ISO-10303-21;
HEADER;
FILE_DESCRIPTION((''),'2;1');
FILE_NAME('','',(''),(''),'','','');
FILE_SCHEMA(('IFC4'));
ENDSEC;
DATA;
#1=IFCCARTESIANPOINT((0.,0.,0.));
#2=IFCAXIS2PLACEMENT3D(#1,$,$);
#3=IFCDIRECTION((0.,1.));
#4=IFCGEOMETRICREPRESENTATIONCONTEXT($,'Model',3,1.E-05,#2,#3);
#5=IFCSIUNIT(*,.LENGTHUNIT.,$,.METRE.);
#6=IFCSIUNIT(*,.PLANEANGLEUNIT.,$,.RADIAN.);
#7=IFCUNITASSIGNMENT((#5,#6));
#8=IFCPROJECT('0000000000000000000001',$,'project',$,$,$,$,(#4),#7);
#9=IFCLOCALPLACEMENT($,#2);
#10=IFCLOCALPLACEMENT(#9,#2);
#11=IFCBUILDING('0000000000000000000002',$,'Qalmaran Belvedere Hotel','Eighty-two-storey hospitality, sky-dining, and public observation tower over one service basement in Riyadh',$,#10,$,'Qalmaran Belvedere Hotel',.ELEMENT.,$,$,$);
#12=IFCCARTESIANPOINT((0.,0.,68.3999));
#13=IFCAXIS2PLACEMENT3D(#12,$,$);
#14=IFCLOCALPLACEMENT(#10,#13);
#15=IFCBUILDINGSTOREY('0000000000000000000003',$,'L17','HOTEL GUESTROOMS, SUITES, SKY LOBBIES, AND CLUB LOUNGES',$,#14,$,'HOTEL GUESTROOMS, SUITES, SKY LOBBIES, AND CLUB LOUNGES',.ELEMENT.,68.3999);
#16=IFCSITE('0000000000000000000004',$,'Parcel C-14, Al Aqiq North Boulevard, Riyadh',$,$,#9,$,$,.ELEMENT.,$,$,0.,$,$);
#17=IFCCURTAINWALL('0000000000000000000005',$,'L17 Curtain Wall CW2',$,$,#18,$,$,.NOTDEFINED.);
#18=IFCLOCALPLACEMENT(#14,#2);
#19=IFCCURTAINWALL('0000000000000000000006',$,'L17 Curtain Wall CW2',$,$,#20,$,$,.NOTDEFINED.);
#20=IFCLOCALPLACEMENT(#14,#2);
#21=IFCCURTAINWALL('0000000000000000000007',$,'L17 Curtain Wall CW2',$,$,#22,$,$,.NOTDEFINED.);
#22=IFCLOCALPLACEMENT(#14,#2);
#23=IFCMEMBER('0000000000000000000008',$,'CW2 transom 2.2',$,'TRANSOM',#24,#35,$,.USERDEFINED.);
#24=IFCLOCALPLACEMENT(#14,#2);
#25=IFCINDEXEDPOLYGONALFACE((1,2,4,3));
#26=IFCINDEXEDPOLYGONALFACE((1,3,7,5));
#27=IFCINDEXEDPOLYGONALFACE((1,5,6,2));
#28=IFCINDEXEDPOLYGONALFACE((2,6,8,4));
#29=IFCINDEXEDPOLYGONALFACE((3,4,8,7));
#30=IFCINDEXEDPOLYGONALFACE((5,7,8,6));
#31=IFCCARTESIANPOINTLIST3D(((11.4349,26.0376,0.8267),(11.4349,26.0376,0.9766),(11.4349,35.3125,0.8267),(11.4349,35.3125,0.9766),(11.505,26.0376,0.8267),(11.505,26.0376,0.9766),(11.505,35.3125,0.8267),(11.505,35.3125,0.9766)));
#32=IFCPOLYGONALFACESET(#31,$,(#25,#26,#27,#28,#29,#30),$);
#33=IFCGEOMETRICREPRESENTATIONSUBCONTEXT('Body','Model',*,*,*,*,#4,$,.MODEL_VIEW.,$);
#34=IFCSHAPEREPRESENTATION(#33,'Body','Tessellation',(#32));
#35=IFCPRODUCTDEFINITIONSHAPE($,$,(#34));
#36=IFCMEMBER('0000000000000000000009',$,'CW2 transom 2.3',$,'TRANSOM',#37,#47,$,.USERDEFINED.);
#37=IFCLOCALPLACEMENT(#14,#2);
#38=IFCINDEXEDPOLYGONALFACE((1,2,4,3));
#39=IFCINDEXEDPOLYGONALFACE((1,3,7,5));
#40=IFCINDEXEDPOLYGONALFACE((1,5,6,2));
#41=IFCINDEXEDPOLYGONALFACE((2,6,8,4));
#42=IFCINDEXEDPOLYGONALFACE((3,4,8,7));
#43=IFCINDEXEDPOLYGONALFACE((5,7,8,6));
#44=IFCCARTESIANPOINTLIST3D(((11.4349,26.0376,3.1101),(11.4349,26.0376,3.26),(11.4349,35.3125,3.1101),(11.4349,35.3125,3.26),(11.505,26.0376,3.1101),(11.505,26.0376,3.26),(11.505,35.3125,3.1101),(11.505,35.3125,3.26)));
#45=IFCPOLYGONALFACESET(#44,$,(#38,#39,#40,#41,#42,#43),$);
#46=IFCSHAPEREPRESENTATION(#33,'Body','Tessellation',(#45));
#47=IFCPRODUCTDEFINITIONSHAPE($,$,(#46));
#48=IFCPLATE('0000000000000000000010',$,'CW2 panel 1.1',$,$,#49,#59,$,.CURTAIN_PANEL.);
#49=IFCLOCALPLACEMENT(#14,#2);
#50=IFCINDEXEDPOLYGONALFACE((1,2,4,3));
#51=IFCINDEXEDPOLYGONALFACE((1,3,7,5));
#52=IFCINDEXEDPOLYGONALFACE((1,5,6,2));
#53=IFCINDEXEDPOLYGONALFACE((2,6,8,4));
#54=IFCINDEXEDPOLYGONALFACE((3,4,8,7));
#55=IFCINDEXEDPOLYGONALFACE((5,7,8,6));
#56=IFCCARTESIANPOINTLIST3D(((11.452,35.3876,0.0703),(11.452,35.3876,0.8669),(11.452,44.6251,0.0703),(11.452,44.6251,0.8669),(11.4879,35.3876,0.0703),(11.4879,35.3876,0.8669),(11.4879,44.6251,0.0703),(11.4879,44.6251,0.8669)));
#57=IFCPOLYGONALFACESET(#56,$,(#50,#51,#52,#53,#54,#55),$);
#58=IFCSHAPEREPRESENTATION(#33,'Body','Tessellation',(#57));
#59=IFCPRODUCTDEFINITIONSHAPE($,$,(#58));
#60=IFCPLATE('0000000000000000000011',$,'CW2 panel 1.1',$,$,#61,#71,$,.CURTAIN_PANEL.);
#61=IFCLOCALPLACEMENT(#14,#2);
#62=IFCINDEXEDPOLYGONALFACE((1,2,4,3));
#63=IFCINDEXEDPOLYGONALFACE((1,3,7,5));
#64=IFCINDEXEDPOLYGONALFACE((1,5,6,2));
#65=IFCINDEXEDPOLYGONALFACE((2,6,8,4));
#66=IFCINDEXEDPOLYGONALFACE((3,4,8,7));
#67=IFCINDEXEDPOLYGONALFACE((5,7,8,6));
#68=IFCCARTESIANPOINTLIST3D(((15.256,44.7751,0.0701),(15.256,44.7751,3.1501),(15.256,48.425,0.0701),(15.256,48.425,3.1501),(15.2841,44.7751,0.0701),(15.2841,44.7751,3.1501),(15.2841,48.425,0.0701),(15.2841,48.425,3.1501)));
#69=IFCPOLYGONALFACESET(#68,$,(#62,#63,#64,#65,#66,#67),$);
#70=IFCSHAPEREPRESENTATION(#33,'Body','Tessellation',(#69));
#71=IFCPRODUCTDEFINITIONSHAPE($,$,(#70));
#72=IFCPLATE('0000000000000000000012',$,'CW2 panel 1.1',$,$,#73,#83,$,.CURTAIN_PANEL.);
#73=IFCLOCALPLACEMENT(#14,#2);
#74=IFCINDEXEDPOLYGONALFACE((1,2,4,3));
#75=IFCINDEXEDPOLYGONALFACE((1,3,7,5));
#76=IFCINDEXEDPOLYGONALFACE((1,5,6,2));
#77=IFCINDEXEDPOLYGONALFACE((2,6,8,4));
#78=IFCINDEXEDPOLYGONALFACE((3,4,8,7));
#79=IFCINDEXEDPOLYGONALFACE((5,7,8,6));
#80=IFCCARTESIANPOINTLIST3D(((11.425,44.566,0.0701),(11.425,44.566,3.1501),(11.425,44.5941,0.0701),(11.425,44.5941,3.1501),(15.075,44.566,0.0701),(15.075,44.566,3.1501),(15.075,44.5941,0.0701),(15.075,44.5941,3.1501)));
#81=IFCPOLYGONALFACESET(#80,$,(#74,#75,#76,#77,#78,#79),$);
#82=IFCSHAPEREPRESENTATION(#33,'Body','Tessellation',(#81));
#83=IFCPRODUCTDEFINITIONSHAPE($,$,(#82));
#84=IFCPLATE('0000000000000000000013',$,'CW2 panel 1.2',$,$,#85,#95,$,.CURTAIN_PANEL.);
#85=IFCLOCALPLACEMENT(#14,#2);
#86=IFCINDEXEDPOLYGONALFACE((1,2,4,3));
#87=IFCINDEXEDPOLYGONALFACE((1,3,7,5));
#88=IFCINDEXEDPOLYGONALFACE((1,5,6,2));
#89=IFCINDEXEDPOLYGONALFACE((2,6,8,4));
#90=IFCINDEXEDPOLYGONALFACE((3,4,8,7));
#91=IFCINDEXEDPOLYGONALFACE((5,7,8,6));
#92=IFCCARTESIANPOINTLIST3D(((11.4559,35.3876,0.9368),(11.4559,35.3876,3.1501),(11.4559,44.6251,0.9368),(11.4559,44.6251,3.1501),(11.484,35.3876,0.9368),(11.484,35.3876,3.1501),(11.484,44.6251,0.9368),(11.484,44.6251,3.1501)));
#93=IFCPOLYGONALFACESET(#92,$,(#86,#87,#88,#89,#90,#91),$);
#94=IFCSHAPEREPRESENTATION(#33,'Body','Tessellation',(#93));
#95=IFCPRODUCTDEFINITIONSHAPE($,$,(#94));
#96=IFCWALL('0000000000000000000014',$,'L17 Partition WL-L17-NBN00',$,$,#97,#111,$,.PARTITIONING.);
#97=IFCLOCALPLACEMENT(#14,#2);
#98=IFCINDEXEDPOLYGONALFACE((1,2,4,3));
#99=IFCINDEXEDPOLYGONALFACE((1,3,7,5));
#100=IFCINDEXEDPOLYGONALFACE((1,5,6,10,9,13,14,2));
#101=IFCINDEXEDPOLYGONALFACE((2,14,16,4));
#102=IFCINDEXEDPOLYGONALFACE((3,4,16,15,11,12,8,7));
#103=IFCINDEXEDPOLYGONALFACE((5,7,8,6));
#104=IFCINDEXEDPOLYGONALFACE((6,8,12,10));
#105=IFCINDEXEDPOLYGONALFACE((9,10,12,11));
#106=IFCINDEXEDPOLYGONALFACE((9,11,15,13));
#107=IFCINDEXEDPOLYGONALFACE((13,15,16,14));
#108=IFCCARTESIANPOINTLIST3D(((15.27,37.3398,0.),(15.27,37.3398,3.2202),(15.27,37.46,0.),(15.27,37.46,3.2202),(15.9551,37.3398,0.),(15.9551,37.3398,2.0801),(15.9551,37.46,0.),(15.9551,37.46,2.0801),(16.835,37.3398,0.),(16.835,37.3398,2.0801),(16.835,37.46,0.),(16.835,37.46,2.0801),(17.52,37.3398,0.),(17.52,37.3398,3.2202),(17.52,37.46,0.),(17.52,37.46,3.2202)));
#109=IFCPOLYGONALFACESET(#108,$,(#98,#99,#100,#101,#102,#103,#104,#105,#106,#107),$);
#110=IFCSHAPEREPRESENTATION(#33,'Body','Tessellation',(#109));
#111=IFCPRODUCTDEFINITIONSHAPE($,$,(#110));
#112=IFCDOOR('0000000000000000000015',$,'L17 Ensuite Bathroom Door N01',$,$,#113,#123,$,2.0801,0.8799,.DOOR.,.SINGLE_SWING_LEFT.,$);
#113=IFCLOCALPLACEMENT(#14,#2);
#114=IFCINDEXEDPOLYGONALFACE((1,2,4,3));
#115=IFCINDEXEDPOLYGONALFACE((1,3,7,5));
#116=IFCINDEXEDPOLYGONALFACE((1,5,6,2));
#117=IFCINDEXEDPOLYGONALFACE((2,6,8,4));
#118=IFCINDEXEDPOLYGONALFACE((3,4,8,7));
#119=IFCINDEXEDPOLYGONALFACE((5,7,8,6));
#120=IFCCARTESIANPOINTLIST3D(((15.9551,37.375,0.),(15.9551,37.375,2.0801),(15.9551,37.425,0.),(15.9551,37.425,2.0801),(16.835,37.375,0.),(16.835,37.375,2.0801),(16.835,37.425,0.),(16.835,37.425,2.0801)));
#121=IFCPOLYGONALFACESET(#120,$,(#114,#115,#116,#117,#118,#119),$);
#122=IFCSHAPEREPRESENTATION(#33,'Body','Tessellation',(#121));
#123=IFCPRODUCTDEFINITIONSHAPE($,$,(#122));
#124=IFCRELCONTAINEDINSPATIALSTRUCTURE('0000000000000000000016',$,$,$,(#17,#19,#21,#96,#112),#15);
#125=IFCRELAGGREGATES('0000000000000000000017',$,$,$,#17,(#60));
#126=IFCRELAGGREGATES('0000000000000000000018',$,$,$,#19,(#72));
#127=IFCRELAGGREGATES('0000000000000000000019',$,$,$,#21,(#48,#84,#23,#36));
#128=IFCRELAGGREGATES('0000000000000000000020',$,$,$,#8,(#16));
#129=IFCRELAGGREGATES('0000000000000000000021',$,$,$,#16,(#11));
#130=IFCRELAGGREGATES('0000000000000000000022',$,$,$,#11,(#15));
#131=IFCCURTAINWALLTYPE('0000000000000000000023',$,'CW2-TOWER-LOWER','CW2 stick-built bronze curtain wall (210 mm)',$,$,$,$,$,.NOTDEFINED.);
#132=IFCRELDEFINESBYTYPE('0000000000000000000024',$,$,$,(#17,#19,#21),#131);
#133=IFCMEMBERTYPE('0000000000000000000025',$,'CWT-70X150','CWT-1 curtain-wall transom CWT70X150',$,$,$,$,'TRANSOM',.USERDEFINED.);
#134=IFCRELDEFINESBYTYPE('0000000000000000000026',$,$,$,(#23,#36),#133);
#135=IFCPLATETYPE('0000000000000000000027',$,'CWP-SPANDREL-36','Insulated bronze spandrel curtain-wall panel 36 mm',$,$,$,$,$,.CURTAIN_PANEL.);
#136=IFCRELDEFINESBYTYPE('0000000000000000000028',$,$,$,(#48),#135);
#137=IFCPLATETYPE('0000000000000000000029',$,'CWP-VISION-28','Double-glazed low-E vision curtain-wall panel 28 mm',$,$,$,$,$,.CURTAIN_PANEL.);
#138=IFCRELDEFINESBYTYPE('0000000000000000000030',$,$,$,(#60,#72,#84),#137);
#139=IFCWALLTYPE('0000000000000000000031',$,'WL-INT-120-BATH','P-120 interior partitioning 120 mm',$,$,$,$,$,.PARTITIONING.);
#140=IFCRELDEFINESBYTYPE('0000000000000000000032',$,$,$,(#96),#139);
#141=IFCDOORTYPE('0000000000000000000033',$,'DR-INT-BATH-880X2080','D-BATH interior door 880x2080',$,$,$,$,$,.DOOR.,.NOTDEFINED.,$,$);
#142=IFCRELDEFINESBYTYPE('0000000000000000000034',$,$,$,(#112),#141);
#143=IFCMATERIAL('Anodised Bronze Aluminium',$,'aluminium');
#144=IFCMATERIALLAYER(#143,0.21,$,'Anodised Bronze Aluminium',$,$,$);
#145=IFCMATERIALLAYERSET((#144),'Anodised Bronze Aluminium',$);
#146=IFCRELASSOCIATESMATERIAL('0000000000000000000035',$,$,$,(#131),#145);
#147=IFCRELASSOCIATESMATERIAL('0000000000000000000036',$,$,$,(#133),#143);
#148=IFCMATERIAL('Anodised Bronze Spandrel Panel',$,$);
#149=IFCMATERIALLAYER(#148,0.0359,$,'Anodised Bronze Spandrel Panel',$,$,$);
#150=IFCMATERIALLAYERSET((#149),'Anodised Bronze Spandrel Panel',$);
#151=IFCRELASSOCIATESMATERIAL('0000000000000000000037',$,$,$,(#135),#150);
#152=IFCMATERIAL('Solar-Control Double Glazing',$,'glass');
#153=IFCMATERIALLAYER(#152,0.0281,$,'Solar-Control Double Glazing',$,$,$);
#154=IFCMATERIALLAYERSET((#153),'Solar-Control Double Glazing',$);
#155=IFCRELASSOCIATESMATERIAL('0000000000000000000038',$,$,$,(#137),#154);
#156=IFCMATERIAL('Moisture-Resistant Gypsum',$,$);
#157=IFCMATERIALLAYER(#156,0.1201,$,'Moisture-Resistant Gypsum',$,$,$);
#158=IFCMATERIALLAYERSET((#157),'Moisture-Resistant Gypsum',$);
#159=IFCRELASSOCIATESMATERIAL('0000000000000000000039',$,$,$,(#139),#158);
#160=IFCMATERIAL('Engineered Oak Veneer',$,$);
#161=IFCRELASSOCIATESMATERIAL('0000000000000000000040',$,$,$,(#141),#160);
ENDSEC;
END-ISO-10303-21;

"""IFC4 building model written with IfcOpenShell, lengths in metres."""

from ifc_helpers import new_model, si_unit, direction, frame, frame_2d, origin, origin_2d, place, context, subcontext, project, spatial, rectangle, extrude, material, layer, layer_set, material_profile, profile_set, type_object, element, fill, aggregate, save


model = new_model("IFC4")

# Units and contexts
model_context = context("Model", 3, precision=1e-05, world=origin(), true_north=direction((0.0, 1.0)))
body_context = subcontext(model_context, "Body", "Model", "MODEL_VIEW")
ifc_project = project(units=[si_unit("LENGTHUNIT", "METRE"), si_unit("PLANEANGLEUNIT", "RADIAN")], contexts=[model_context])

# Site, building, storey
site_placement = place(None, origin())
site = spatial("IfcSite", under=ifc_project, at=site_placement, Name="Parcel C-14, Al Aqiq North Boulevard, Riyadh", CompositionType="ELEMENT", RefElevation=0.0)
building_placement = place(site_placement, origin())
building = spatial("IfcBuilding", under=site, at=building_placement, Name="Qalmaran Belvedere Hotel", Description="Eighty-two-storey hospitality, sky-dining, and public observation tower over one service basement in Riyadh", LongName="Qalmaran Belvedere Hotel", CompositionType="ELEMENT")
storey_placement = place(building_placement, frame((0.0, 0.0, 68.3999)))
storey = spatial("IfcBuildingStorey", under=building, at=storey_placement, Name="L17", Description="HOTEL GUESTROOMS, SUITES, SKY LOBBIES, AND CLUB LOUNGES", LongName="HOTEL GUESTROOMS, SUITES, SKY LOBBIES, AND CLUB LOUNGES", CompositionType="ELEMENT", Elevation=68.3999)

# Shared definitions
ifc_material_1 = material(Name="Anodised Bronze Aluminium", Category="aluminium")
ifc_layer_1 = layer(ifc_material_1, 0.21, Name="Anodised Bronze Aluminium")
ifc_layer_set_1 = layer_set([ifc_layer_1], Name="Anodised Bronze Aluminium")
curtain_wall_type = type_object("IfcCurtainWallType", Name="CW2-TOWER-LOWER", Description="CW2 stick-built bronze curtain wall (210 mm)", PredefinedType="NOTDEFINED", material=ifc_layer_set_1)

# Curtain walls
curtain_wall_1_placement = place(storey_placement, origin())
curtain_wall_1 = element("IfcCurtainWall", 1, at=curtain_wall_1_placement, inside=storey, type_object=curtain_wall_type, Name="L17 Curtain Wall CW2", PredefinedType="NOTDEFINED")
curtain_wall_2_placement = place(storey_placement, origin())
curtain_wall_2 = element("IfcCurtainWall", 2, at=curtain_wall_2_placement, inside=storey, type_object=curtain_wall_type, Name="L17 Curtain Wall CW2", PredefinedType="NOTDEFINED")
curtain_wall_3_placement = place(storey_placement, origin())
curtain_wall_3 = element("IfcCurtainWall", 3, at=curtain_wall_3_placement, inside=storey, type_object=curtain_wall_type, Name="L17 Curtain Wall CW2", PredefinedType="NOTDEFINED")

# Members
ifc_material_profile_1 = material_profile(ifc_material_1, rectangle(XDim=0.0701, YDim=0.1499, at=origin_2d()), Name="CWT70X150")
ifc_profile_set_1 = profile_set([ifc_material_profile_1], Name="Anodised Bronze Aluminium")
member_type_1 = type_object("IfcMemberType", Name="CWT-70X150", Description="CWT-1 curtain-wall transom CWT70X150", ElementType="TRANSOM", PredefinedType="USERDEFINED", material=ifc_profile_set_1)
member_1_placement = place(storey_placement, frame((11.47, 35.3125, 0.9016), z_axis=(0.0, -1.0, 0.0), x_axis=(1.0, 0.0, 0.0)))
member_1 = element("IfcMember", 4, at=member_1_placement, type_object=member_type_1, Name="CW2 transom 2.2", ObjectType="TRANSOM", PredefinedType="USERDEFINED", context=body_context, shape_type="SweptSolid", body=[
    extrude(rectangle(XDim=0.0701, YDim=0.1499, at=origin_2d()), origin(), (0.0, 0.0, 1.0), 9.2749),
])
member_2_placement = place(storey_placement, frame((11.47, 35.3125, 3.1851), z_axis=(0.0, -1.0, 0.0), x_axis=(1.0, 0.0, 0.0)))
member_2 = element("IfcMember", 5, at=member_2_placement, type_object=member_type_1, Name="CW2 transom 2.3", ObjectType="TRANSOM", PredefinedType="USERDEFINED", context=body_context, shape_type="SweptSolid", body=[
    extrude(rectangle(XDim=0.0701, YDim=0.1499, at=origin_2d()), origin(), (0.0, 0.0, 1.0), 9.2749),
])

# Plates
ifc_material_2 = material(Name="Anodised Bronze Spandrel Panel")
ifc_layer_2 = layer(ifc_material_2, 0.0359, Name="Anodised Bronze Spandrel Panel")
ifc_layer_set_2 = layer_set([ifc_layer_2], Name="Anodised Bronze Spandrel Panel")
plate_type_1 = type_object("IfcPlateType", Name="CWP-SPANDREL-36", Description="Insulated bronze spandrel curtain-wall panel 36 mm", PredefinedType="CURTAIN_PANEL", material=ifc_layer_set_2)
plate_1_placement = place(storey_placement, frame((11.47, 40.0063, 0.0703), z_axis=(0.0, 0.0, 1.0), x_axis=(0.0, -1.0, 0.0)))
plate_1 = element("IfcPlate", 6, at=plate_1_placement, type_object=plate_type_1, Name="CW2 panel 1.1", PredefinedType="CURTAIN_PANEL", context=body_context, shape_type="SweptSolid", body=[
    extrude(rectangle(XDim=9.2375, YDim=0.0359, at=origin_2d()), origin(), (0.0, 0.0, 1.0), 0.7966),
])
ifc_material_3 = material(Name="Solar-Control Double Glazing", Category="glass")
ifc_layer_3 = layer(ifc_material_3, 0.0281, Name="Solar-Control Double Glazing")
ifc_layer_set_3 = layer_set([ifc_layer_3], Name="Solar-Control Double Glazing")
plate_type_2 = type_object("IfcPlateType", Name="CWP-VISION-28", Description="Double-glazed low-E vision curtain-wall panel 28 mm", PredefinedType="CURTAIN_PANEL", material=ifc_layer_set_3)
plate_2_placement = place(storey_placement, frame((15.27, 46.6001, 0.0701), z_axis=(0.0, 0.0, 1.0), x_axis=(0.0, -1.0, 0.0)))
plate_2 = element("IfcPlate", 7, at=plate_2_placement, type_object=plate_type_2, Name="CW2 panel 1.1", PredefinedType="CURTAIN_PANEL", context=body_context, shape_type="SweptSolid", body=[
    extrude(rectangle(XDim=3.6499, YDim=0.0281, at=origin_2d()), origin(), (0.0, 0.0, 1.0), 3.0801),
])
aggregate(curtain_wall_1, [plate_2])
plate_3_placement = place(storey_placement, frame((13.25, 44.5801, 0.0701), z_axis=(0.0, 0.0, 1.0), x_axis=(-1.0, 0.0, 0.0)))
plate_3 = element("IfcPlate", 8, at=plate_3_placement, type_object=plate_type_2, Name="CW2 panel 1.1", PredefinedType="CURTAIN_PANEL", context=body_context, shape_type="SweptSolid", body=[
    extrude(rectangle(XDim=3.6499, YDim=0.0281, at=origin_2d()), origin(), (0.0, 0.0, 1.0), 3.0801),
])
aggregate(curtain_wall_2, [plate_3])
plate_4_placement = place(storey_placement, frame((11.47, 40.0063, 0.9368), z_axis=(0.0, 0.0, 1.0), x_axis=(0.0, -1.0, 0.0)))
plate_4 = element("IfcPlate", 9, at=plate_4_placement, type_object=plate_type_2, Name="CW2 panel 1.2", PredefinedType="CURTAIN_PANEL", context=body_context, shape_type="SweptSolid", body=[
    extrude(rectangle(XDim=9.2375, YDim=0.0281, at=origin_2d()), origin(), (0.0, 0.0, 1.0), 2.2134),
])
aggregate(curtain_wall_3, [plate_1, plate_4, member_1, member_2])

# Wall, opening, door
ifc_material_4 = material(Name="Moisture-Resistant Gypsum")
ifc_layer_4 = layer(ifc_material_4, 0.1201, Name="Moisture-Resistant Gypsum")
ifc_layer_set_4 = layer_set([ifc_layer_4], Name="Moisture-Resistant Gypsum")
wall_type = type_object("IfcWallType", Name="WL-INT-120-BATH", Description="P-120 interior partitioning 120 mm", PredefinedType="PARTITIONING", material=ifc_layer_set_4)
wall_placement = place(storey_placement, frame((15.27, 37.3999, 0.0), z_axis=(0.0, 0.0, 1.0), x_axis=(1.0, 0.0, 0.0)))
wall = element("IfcWall", 10, at=wall_placement, inside=storey, type_object=wall_type, Name="L17 Partition WL-L17-NBN00", PredefinedType="PARTITIONING", context=body_context, shape_type="SweptSolid", body=[
    extrude(rectangle(XDim=2.25, YDim=0.1201, at=frame_2d((1.125, 0.0))), origin(), (0.0, 0.0, 1.0), 3.2202),
])
opening_placement = place(wall_placement, frame((1.5649, 0.0, 0.0), z_axis=(0.0, 0.0, 1.0), x_axis=(-1.0, 0.0, 0.0)))
opening = element("IfcOpeningElement", 11, at=opening_placement, cuts=wall, PredefinedType="OPENING", context=body_context, shape_type="SweptSolid", body=[
    extrude(rectangle(XDim=0.8799, YDim=2.0801, at=frame_2d((0.4399, 1.04))), frame((0.0, 0.0701, 0.0), z_axis=(0.0, -1.0, 0.0), x_axis=(1.0, 0.0, 0.0)), (0.0, 0.0, 1.0), 0.1401),
])
ifc_material_5 = material(Name="Engineered Oak Veneer")
door_type = type_object("IfcDoorType", Name="DR-INT-BATH-880X2080", Description="D-BATH interior door 880x2080", OperationType="NOTDEFINED", PredefinedType="DOOR", material=ifc_material_5)
door_placement = place(opening_placement, origin())
door = element("IfcDoor", 12, at=door_placement, inside=storey, type_object=door_type, Name="L17 Ensuite Bathroom Door N01", OperationType="SINGLE_SWING_LEFT", OverallHeight=2.0801, OverallWidth=0.8799, PredefinedType="DOOR", context=body_context, shape_type="SweptSolid", body=[
    extrude(rectangle(XDim=0.8799, YDim=2.0801, at=frame_2d((0.4399, 1.04))), frame((0.0, 0.0249, 0.0), z_axis=(0.0, -1.0, 0.0), x_axis=(1.0, 0.0, 0.0)), (0.0, 0.0, 1.0), 0.05),
])
fill(opening, door)

save(model, "model.ifc")
